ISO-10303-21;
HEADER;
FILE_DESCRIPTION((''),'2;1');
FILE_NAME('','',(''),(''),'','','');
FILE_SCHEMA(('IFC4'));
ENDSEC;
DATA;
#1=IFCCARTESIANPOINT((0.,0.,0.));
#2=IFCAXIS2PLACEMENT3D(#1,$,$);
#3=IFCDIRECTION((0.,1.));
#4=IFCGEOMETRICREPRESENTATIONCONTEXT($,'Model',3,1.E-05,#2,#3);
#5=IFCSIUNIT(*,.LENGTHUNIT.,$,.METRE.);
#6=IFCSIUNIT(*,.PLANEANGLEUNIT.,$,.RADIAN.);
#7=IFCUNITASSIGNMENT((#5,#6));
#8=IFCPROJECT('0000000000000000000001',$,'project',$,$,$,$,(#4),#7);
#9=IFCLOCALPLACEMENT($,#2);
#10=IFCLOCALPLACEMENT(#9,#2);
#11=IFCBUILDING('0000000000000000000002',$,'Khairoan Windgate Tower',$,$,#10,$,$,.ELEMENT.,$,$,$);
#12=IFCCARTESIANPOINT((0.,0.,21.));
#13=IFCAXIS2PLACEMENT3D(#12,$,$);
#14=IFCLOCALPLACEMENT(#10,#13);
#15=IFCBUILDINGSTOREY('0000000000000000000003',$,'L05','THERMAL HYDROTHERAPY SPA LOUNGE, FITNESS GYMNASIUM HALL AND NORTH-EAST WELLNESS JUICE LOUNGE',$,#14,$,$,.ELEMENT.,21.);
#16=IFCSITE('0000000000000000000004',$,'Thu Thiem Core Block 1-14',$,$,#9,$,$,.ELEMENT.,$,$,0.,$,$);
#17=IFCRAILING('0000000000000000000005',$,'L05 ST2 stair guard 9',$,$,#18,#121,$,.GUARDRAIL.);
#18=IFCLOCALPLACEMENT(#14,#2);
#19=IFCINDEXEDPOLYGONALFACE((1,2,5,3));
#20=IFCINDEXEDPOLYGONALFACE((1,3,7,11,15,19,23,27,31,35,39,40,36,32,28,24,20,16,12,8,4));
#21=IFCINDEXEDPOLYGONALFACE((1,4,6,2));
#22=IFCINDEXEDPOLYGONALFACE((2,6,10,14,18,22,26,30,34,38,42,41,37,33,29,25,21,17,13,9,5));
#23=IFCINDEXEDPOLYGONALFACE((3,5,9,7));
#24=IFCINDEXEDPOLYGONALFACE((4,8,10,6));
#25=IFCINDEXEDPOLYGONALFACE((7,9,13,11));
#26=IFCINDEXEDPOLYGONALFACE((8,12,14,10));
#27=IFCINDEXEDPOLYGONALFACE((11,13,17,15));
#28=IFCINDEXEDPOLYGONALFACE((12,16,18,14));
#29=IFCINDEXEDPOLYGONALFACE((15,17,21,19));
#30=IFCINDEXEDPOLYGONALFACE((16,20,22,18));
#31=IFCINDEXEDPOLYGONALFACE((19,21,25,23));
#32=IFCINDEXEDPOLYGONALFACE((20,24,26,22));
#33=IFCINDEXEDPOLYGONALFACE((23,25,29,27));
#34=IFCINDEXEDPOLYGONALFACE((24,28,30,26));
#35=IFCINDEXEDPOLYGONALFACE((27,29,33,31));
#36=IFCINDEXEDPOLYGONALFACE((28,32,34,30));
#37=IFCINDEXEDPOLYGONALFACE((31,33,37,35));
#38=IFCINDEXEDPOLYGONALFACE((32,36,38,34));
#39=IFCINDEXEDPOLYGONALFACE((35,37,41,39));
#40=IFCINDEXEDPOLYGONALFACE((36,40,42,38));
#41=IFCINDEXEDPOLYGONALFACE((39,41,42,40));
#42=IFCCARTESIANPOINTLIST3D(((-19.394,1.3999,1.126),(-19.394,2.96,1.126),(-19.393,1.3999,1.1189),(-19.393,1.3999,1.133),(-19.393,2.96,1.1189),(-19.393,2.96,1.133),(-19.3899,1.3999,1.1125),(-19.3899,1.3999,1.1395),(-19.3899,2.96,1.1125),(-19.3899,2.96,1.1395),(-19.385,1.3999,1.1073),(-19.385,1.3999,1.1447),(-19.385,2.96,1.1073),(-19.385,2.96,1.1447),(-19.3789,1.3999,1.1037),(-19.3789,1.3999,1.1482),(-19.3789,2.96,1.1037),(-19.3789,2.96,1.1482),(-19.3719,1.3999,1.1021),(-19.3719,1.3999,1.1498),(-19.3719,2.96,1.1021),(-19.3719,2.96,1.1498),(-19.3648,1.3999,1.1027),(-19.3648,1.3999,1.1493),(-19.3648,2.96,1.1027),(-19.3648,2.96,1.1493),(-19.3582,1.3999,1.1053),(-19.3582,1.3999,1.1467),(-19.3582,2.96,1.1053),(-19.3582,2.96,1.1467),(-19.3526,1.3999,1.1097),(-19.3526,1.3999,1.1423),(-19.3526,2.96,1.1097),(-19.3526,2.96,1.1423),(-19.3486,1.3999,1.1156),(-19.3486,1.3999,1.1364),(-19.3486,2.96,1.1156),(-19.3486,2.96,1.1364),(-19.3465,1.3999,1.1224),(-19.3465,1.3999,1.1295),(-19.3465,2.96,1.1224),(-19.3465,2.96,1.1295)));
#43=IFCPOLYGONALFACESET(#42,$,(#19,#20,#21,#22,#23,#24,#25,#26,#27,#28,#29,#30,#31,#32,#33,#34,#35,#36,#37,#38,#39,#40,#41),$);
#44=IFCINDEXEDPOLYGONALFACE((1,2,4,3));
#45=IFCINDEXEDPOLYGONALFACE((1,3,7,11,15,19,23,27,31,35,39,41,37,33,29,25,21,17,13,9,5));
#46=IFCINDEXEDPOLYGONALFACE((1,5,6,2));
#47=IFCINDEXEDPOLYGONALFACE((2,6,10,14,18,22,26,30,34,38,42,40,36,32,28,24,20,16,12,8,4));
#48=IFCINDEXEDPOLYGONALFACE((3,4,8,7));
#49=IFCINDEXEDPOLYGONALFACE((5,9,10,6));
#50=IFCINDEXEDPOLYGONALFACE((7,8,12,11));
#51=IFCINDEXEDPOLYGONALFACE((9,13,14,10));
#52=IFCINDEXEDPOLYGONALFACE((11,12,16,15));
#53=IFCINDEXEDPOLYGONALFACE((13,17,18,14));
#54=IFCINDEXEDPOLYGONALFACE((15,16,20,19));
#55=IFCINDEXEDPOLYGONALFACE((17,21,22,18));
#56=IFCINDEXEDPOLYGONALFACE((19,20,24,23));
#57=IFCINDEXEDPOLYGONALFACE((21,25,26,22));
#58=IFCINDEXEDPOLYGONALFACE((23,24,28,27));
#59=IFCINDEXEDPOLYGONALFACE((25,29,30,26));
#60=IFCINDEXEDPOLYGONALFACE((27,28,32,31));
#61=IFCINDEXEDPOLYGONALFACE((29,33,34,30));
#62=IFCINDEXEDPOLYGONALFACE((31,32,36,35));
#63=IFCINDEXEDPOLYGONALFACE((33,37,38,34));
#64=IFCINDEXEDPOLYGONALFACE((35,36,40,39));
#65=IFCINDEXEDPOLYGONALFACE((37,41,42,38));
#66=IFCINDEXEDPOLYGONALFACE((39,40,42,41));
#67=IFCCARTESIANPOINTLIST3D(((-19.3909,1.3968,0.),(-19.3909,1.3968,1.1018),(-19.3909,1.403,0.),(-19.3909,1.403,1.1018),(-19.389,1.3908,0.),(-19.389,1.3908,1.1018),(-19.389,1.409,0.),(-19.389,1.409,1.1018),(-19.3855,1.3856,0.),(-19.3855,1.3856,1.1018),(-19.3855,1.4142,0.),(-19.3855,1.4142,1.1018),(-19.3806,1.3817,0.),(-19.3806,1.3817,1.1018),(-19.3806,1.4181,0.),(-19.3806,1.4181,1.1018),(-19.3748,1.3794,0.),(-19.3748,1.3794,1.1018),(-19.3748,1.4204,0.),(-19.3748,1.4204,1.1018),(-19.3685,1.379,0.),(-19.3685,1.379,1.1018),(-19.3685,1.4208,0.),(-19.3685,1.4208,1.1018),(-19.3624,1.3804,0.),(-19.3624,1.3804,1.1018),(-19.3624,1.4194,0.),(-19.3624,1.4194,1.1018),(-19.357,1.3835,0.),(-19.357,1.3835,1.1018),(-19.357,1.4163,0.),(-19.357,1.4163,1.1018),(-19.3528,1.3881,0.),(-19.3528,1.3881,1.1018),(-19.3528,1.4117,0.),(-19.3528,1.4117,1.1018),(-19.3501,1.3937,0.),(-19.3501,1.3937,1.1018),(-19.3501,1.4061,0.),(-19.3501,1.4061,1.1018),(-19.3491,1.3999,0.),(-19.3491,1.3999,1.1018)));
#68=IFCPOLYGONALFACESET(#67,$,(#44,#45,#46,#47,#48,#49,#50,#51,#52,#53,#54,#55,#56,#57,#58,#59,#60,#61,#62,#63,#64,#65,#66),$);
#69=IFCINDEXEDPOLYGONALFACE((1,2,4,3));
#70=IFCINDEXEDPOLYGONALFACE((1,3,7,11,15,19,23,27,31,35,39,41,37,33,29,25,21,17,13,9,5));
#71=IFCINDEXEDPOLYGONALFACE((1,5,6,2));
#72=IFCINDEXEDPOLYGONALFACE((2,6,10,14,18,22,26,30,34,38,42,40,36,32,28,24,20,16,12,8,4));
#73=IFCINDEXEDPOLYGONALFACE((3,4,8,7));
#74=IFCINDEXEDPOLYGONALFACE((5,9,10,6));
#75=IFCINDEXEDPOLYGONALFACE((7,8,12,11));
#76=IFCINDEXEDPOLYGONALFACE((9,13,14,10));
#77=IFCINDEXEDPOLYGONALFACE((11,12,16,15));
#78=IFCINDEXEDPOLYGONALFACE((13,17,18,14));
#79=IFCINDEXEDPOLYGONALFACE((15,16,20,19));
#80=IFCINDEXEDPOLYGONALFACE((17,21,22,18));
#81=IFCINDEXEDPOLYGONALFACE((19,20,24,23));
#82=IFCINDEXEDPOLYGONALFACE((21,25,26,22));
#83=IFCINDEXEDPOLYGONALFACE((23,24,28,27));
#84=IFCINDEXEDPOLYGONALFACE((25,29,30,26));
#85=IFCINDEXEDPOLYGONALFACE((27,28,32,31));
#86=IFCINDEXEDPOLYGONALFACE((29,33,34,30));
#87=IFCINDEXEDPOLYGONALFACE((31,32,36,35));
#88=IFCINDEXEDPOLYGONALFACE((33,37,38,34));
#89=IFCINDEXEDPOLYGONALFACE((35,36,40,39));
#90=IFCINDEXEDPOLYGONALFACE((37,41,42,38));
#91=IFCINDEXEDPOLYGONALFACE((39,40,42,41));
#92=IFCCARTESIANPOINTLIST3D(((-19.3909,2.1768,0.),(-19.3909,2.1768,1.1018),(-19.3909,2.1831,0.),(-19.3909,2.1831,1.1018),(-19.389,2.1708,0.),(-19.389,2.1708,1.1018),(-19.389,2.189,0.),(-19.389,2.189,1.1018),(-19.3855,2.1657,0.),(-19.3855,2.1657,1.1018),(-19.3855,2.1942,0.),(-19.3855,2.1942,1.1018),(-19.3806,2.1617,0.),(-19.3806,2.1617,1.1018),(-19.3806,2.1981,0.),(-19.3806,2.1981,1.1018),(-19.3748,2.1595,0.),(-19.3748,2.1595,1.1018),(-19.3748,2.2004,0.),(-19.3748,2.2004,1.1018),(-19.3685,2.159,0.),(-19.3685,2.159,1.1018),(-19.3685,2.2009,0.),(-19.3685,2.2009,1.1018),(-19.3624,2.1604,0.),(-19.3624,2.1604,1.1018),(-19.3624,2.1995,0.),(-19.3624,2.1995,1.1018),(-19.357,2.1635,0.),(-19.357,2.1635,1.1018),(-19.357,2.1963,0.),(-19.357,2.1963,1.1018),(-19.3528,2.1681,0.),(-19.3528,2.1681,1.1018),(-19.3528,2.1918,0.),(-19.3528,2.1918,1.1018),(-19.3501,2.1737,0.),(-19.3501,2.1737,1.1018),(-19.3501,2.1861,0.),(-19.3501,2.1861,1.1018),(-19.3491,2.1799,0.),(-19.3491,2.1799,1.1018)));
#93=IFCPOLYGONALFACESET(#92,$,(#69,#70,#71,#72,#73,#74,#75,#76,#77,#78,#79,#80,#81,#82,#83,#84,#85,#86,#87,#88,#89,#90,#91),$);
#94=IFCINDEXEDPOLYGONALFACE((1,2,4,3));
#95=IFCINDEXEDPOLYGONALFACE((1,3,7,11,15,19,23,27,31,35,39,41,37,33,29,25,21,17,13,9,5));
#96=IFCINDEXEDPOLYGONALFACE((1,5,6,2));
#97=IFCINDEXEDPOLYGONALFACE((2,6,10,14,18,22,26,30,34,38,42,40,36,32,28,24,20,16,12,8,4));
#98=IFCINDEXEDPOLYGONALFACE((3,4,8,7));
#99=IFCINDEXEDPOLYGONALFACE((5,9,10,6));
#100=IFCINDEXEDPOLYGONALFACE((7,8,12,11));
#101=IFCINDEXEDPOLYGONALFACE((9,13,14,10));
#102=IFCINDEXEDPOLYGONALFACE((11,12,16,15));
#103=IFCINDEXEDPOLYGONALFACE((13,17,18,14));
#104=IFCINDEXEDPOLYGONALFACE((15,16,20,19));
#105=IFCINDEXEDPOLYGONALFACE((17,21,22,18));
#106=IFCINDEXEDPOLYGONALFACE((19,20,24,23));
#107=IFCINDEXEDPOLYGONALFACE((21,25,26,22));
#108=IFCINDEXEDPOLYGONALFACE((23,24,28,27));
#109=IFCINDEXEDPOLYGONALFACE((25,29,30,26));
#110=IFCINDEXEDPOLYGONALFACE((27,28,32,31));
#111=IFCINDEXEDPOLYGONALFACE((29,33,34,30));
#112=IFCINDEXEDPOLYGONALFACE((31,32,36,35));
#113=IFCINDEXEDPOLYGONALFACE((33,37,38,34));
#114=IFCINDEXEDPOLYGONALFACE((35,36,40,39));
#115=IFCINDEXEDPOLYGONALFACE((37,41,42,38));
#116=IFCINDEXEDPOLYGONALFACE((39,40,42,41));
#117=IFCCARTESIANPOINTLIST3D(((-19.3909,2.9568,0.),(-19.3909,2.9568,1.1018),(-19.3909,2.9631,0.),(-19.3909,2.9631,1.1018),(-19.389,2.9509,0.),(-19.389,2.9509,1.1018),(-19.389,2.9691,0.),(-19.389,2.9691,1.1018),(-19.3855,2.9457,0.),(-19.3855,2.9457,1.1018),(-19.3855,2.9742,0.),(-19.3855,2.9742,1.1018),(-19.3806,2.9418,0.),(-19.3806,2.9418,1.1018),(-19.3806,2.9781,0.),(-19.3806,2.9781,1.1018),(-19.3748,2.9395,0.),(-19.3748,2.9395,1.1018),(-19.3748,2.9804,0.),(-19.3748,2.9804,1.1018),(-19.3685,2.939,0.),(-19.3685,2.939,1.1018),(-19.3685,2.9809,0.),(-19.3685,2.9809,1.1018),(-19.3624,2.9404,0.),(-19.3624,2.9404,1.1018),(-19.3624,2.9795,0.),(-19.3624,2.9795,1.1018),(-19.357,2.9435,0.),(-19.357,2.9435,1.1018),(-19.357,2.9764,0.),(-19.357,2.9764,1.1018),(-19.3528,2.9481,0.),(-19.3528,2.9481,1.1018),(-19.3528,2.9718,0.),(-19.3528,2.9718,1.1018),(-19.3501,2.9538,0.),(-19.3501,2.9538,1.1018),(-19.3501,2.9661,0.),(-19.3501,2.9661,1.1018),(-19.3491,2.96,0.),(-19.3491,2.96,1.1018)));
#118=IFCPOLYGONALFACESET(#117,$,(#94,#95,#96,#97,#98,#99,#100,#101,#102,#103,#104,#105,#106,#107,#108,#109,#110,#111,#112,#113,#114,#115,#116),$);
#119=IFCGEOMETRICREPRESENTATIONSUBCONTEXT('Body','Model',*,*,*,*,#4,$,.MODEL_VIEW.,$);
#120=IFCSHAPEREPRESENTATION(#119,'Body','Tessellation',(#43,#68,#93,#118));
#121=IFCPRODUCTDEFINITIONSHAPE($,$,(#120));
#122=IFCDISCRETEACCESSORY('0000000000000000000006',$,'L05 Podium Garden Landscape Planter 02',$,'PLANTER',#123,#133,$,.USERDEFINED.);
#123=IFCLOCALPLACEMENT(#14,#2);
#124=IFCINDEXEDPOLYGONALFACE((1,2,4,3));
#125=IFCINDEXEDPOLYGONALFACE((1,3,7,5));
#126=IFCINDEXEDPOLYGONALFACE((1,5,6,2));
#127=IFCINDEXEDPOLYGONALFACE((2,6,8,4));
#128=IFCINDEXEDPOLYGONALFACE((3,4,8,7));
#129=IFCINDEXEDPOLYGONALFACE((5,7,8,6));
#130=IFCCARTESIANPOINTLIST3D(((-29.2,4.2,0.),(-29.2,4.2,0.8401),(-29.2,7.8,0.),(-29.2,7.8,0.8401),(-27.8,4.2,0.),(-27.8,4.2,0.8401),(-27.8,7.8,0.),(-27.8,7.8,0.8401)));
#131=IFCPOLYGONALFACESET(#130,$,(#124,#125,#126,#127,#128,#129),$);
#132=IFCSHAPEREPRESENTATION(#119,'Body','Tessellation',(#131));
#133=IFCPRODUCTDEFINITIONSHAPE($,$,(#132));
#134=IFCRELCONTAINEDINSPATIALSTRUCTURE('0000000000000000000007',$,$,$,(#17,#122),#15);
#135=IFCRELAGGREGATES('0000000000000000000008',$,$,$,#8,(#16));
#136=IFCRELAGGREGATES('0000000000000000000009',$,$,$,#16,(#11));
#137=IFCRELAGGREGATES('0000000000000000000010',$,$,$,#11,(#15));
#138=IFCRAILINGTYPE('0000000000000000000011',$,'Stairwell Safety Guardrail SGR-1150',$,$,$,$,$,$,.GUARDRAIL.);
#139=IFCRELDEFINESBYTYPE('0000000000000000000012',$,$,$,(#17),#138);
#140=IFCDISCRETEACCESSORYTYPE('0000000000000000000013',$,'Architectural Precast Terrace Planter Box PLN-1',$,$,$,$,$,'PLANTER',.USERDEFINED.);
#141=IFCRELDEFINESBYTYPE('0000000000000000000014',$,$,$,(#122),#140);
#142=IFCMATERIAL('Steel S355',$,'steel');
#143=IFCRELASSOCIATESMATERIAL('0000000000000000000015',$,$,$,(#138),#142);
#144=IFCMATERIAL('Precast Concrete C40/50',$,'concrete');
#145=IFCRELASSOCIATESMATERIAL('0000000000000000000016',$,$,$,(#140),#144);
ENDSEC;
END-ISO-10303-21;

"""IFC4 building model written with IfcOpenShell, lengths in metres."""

from ifc_helpers import new_model, si_unit, direction, frame, origin, origin_2d, place, context, subcontext, project, spatial, rectangle, circle, extrude, material, type_object, element, save


model = new_model("IFC4")

# Units and contexts
model_context = context("Model", 3, precision=1e-05, world=origin(), true_north=direction((0.0, 1.0)))
body_context = subcontext(model_context, "Body", "Model", "MODEL_VIEW")
ifc_project = project(units=[si_unit("LENGTHUNIT", "METRE"), si_unit("PLANEANGLEUNIT", "RADIAN")], contexts=[model_context])

# Site, building, storey
site_placement = place(None, origin())
site = spatial("IfcSite", under=ifc_project, at=site_placement, Name="Thu Thiem Core Block 1-14", CompositionType="ELEMENT", RefElevation=0.0)
building_placement = place(site_placement, origin())
building = spatial("IfcBuilding", under=site, at=building_placement, Name="Khairoan Windgate Tower", CompositionType="ELEMENT")
storey_placement = place(building_placement, frame((0.0, 0.0, 21.0)))
storey = spatial("IfcBuildingStorey", under=building, at=storey_placement, Name="L05", Description="THERMAL HYDROTHERAPY SPA LOUNGE, FITNESS GYMNASIUM HALL AND NORTH-EAST WELLNESS JUICE LOUNGE", CompositionType="ELEMENT", Elevation=21.0)

# Railing
ifc_material_1 = material(Name="Steel S355", Category="steel")
railing_type_1 = type_object("IfcRailingType", Name="Stairwell Safety Guardrail SGR-1150", PredefinedType="GUARDRAIL", material=ifc_material_1)
railing_1_placement = place(storey_placement, frame((-19.3701, 1.3999, 0.0)))
element("IfcRailing", 1, at=railing_1_placement, inside=storey, type_object=railing_type_1, Name="L05 ST2 stair guard 9", PredefinedType="GUARDRAIL", context=body_context, shape_type="SweptSolid", body=[
    extrude(circle(Radius=0.0239, at=origin_2d()), frame((0.0, 0.0, 1.126), z_axis=(0.0, 1.0, 0.0), x_axis=(-1.0, 0.0, 0.0)), (0.0, 0.0, 1.0), 1.5601),
    extrude(circle(Radius=0.021, at=origin_2d()), origin(), (0.0, 0.0, 1.0), 1.1018),
    extrude(circle(Radius=0.021, at=origin_2d()), frame((0.0, 0.78, 0.0)), (0.0, 0.0, 1.0), 1.1018),
    extrude(circle(Radius=0.021, at=origin_2d()), frame((0.0, 1.5601, 0.0)), (0.0, 0.0, 1.0), 1.1018),
])

# Discrete accessory
ifc_material_2 = material(Name="Precast Concrete C40/50", Category="concrete")
discrete_accessory_type = type_object("IfcDiscreteAccessoryType", Name="Architectural Precast Terrace Planter Box PLN-1", ElementType="PLANTER", PredefinedType="USERDEFINED", material=ifc_material_2)
discrete_accessory_placement = place(storey_placement, frame((-28.5, 6.0, 0.0), z_axis=(0.0, 0.0, 1.0), x_axis=(1.0, 0.0, 0.0)))
element("IfcDiscreteAccessory", 2, at=discrete_accessory_placement, inside=storey, type_object=discrete_accessory_type, Name="L05 Podium Garden Landscape Planter 02", ObjectType="PLANTER", PredefinedType="USERDEFINED", context=body_context, shape_type="SweptSolid", body=[
    extrude(rectangle(XDim=1.3999, YDim=3.6001, at=origin_2d()), origin(), (0.0, 0.0, 1.0), 0.8401),
])

save(model, "model.ifc")
